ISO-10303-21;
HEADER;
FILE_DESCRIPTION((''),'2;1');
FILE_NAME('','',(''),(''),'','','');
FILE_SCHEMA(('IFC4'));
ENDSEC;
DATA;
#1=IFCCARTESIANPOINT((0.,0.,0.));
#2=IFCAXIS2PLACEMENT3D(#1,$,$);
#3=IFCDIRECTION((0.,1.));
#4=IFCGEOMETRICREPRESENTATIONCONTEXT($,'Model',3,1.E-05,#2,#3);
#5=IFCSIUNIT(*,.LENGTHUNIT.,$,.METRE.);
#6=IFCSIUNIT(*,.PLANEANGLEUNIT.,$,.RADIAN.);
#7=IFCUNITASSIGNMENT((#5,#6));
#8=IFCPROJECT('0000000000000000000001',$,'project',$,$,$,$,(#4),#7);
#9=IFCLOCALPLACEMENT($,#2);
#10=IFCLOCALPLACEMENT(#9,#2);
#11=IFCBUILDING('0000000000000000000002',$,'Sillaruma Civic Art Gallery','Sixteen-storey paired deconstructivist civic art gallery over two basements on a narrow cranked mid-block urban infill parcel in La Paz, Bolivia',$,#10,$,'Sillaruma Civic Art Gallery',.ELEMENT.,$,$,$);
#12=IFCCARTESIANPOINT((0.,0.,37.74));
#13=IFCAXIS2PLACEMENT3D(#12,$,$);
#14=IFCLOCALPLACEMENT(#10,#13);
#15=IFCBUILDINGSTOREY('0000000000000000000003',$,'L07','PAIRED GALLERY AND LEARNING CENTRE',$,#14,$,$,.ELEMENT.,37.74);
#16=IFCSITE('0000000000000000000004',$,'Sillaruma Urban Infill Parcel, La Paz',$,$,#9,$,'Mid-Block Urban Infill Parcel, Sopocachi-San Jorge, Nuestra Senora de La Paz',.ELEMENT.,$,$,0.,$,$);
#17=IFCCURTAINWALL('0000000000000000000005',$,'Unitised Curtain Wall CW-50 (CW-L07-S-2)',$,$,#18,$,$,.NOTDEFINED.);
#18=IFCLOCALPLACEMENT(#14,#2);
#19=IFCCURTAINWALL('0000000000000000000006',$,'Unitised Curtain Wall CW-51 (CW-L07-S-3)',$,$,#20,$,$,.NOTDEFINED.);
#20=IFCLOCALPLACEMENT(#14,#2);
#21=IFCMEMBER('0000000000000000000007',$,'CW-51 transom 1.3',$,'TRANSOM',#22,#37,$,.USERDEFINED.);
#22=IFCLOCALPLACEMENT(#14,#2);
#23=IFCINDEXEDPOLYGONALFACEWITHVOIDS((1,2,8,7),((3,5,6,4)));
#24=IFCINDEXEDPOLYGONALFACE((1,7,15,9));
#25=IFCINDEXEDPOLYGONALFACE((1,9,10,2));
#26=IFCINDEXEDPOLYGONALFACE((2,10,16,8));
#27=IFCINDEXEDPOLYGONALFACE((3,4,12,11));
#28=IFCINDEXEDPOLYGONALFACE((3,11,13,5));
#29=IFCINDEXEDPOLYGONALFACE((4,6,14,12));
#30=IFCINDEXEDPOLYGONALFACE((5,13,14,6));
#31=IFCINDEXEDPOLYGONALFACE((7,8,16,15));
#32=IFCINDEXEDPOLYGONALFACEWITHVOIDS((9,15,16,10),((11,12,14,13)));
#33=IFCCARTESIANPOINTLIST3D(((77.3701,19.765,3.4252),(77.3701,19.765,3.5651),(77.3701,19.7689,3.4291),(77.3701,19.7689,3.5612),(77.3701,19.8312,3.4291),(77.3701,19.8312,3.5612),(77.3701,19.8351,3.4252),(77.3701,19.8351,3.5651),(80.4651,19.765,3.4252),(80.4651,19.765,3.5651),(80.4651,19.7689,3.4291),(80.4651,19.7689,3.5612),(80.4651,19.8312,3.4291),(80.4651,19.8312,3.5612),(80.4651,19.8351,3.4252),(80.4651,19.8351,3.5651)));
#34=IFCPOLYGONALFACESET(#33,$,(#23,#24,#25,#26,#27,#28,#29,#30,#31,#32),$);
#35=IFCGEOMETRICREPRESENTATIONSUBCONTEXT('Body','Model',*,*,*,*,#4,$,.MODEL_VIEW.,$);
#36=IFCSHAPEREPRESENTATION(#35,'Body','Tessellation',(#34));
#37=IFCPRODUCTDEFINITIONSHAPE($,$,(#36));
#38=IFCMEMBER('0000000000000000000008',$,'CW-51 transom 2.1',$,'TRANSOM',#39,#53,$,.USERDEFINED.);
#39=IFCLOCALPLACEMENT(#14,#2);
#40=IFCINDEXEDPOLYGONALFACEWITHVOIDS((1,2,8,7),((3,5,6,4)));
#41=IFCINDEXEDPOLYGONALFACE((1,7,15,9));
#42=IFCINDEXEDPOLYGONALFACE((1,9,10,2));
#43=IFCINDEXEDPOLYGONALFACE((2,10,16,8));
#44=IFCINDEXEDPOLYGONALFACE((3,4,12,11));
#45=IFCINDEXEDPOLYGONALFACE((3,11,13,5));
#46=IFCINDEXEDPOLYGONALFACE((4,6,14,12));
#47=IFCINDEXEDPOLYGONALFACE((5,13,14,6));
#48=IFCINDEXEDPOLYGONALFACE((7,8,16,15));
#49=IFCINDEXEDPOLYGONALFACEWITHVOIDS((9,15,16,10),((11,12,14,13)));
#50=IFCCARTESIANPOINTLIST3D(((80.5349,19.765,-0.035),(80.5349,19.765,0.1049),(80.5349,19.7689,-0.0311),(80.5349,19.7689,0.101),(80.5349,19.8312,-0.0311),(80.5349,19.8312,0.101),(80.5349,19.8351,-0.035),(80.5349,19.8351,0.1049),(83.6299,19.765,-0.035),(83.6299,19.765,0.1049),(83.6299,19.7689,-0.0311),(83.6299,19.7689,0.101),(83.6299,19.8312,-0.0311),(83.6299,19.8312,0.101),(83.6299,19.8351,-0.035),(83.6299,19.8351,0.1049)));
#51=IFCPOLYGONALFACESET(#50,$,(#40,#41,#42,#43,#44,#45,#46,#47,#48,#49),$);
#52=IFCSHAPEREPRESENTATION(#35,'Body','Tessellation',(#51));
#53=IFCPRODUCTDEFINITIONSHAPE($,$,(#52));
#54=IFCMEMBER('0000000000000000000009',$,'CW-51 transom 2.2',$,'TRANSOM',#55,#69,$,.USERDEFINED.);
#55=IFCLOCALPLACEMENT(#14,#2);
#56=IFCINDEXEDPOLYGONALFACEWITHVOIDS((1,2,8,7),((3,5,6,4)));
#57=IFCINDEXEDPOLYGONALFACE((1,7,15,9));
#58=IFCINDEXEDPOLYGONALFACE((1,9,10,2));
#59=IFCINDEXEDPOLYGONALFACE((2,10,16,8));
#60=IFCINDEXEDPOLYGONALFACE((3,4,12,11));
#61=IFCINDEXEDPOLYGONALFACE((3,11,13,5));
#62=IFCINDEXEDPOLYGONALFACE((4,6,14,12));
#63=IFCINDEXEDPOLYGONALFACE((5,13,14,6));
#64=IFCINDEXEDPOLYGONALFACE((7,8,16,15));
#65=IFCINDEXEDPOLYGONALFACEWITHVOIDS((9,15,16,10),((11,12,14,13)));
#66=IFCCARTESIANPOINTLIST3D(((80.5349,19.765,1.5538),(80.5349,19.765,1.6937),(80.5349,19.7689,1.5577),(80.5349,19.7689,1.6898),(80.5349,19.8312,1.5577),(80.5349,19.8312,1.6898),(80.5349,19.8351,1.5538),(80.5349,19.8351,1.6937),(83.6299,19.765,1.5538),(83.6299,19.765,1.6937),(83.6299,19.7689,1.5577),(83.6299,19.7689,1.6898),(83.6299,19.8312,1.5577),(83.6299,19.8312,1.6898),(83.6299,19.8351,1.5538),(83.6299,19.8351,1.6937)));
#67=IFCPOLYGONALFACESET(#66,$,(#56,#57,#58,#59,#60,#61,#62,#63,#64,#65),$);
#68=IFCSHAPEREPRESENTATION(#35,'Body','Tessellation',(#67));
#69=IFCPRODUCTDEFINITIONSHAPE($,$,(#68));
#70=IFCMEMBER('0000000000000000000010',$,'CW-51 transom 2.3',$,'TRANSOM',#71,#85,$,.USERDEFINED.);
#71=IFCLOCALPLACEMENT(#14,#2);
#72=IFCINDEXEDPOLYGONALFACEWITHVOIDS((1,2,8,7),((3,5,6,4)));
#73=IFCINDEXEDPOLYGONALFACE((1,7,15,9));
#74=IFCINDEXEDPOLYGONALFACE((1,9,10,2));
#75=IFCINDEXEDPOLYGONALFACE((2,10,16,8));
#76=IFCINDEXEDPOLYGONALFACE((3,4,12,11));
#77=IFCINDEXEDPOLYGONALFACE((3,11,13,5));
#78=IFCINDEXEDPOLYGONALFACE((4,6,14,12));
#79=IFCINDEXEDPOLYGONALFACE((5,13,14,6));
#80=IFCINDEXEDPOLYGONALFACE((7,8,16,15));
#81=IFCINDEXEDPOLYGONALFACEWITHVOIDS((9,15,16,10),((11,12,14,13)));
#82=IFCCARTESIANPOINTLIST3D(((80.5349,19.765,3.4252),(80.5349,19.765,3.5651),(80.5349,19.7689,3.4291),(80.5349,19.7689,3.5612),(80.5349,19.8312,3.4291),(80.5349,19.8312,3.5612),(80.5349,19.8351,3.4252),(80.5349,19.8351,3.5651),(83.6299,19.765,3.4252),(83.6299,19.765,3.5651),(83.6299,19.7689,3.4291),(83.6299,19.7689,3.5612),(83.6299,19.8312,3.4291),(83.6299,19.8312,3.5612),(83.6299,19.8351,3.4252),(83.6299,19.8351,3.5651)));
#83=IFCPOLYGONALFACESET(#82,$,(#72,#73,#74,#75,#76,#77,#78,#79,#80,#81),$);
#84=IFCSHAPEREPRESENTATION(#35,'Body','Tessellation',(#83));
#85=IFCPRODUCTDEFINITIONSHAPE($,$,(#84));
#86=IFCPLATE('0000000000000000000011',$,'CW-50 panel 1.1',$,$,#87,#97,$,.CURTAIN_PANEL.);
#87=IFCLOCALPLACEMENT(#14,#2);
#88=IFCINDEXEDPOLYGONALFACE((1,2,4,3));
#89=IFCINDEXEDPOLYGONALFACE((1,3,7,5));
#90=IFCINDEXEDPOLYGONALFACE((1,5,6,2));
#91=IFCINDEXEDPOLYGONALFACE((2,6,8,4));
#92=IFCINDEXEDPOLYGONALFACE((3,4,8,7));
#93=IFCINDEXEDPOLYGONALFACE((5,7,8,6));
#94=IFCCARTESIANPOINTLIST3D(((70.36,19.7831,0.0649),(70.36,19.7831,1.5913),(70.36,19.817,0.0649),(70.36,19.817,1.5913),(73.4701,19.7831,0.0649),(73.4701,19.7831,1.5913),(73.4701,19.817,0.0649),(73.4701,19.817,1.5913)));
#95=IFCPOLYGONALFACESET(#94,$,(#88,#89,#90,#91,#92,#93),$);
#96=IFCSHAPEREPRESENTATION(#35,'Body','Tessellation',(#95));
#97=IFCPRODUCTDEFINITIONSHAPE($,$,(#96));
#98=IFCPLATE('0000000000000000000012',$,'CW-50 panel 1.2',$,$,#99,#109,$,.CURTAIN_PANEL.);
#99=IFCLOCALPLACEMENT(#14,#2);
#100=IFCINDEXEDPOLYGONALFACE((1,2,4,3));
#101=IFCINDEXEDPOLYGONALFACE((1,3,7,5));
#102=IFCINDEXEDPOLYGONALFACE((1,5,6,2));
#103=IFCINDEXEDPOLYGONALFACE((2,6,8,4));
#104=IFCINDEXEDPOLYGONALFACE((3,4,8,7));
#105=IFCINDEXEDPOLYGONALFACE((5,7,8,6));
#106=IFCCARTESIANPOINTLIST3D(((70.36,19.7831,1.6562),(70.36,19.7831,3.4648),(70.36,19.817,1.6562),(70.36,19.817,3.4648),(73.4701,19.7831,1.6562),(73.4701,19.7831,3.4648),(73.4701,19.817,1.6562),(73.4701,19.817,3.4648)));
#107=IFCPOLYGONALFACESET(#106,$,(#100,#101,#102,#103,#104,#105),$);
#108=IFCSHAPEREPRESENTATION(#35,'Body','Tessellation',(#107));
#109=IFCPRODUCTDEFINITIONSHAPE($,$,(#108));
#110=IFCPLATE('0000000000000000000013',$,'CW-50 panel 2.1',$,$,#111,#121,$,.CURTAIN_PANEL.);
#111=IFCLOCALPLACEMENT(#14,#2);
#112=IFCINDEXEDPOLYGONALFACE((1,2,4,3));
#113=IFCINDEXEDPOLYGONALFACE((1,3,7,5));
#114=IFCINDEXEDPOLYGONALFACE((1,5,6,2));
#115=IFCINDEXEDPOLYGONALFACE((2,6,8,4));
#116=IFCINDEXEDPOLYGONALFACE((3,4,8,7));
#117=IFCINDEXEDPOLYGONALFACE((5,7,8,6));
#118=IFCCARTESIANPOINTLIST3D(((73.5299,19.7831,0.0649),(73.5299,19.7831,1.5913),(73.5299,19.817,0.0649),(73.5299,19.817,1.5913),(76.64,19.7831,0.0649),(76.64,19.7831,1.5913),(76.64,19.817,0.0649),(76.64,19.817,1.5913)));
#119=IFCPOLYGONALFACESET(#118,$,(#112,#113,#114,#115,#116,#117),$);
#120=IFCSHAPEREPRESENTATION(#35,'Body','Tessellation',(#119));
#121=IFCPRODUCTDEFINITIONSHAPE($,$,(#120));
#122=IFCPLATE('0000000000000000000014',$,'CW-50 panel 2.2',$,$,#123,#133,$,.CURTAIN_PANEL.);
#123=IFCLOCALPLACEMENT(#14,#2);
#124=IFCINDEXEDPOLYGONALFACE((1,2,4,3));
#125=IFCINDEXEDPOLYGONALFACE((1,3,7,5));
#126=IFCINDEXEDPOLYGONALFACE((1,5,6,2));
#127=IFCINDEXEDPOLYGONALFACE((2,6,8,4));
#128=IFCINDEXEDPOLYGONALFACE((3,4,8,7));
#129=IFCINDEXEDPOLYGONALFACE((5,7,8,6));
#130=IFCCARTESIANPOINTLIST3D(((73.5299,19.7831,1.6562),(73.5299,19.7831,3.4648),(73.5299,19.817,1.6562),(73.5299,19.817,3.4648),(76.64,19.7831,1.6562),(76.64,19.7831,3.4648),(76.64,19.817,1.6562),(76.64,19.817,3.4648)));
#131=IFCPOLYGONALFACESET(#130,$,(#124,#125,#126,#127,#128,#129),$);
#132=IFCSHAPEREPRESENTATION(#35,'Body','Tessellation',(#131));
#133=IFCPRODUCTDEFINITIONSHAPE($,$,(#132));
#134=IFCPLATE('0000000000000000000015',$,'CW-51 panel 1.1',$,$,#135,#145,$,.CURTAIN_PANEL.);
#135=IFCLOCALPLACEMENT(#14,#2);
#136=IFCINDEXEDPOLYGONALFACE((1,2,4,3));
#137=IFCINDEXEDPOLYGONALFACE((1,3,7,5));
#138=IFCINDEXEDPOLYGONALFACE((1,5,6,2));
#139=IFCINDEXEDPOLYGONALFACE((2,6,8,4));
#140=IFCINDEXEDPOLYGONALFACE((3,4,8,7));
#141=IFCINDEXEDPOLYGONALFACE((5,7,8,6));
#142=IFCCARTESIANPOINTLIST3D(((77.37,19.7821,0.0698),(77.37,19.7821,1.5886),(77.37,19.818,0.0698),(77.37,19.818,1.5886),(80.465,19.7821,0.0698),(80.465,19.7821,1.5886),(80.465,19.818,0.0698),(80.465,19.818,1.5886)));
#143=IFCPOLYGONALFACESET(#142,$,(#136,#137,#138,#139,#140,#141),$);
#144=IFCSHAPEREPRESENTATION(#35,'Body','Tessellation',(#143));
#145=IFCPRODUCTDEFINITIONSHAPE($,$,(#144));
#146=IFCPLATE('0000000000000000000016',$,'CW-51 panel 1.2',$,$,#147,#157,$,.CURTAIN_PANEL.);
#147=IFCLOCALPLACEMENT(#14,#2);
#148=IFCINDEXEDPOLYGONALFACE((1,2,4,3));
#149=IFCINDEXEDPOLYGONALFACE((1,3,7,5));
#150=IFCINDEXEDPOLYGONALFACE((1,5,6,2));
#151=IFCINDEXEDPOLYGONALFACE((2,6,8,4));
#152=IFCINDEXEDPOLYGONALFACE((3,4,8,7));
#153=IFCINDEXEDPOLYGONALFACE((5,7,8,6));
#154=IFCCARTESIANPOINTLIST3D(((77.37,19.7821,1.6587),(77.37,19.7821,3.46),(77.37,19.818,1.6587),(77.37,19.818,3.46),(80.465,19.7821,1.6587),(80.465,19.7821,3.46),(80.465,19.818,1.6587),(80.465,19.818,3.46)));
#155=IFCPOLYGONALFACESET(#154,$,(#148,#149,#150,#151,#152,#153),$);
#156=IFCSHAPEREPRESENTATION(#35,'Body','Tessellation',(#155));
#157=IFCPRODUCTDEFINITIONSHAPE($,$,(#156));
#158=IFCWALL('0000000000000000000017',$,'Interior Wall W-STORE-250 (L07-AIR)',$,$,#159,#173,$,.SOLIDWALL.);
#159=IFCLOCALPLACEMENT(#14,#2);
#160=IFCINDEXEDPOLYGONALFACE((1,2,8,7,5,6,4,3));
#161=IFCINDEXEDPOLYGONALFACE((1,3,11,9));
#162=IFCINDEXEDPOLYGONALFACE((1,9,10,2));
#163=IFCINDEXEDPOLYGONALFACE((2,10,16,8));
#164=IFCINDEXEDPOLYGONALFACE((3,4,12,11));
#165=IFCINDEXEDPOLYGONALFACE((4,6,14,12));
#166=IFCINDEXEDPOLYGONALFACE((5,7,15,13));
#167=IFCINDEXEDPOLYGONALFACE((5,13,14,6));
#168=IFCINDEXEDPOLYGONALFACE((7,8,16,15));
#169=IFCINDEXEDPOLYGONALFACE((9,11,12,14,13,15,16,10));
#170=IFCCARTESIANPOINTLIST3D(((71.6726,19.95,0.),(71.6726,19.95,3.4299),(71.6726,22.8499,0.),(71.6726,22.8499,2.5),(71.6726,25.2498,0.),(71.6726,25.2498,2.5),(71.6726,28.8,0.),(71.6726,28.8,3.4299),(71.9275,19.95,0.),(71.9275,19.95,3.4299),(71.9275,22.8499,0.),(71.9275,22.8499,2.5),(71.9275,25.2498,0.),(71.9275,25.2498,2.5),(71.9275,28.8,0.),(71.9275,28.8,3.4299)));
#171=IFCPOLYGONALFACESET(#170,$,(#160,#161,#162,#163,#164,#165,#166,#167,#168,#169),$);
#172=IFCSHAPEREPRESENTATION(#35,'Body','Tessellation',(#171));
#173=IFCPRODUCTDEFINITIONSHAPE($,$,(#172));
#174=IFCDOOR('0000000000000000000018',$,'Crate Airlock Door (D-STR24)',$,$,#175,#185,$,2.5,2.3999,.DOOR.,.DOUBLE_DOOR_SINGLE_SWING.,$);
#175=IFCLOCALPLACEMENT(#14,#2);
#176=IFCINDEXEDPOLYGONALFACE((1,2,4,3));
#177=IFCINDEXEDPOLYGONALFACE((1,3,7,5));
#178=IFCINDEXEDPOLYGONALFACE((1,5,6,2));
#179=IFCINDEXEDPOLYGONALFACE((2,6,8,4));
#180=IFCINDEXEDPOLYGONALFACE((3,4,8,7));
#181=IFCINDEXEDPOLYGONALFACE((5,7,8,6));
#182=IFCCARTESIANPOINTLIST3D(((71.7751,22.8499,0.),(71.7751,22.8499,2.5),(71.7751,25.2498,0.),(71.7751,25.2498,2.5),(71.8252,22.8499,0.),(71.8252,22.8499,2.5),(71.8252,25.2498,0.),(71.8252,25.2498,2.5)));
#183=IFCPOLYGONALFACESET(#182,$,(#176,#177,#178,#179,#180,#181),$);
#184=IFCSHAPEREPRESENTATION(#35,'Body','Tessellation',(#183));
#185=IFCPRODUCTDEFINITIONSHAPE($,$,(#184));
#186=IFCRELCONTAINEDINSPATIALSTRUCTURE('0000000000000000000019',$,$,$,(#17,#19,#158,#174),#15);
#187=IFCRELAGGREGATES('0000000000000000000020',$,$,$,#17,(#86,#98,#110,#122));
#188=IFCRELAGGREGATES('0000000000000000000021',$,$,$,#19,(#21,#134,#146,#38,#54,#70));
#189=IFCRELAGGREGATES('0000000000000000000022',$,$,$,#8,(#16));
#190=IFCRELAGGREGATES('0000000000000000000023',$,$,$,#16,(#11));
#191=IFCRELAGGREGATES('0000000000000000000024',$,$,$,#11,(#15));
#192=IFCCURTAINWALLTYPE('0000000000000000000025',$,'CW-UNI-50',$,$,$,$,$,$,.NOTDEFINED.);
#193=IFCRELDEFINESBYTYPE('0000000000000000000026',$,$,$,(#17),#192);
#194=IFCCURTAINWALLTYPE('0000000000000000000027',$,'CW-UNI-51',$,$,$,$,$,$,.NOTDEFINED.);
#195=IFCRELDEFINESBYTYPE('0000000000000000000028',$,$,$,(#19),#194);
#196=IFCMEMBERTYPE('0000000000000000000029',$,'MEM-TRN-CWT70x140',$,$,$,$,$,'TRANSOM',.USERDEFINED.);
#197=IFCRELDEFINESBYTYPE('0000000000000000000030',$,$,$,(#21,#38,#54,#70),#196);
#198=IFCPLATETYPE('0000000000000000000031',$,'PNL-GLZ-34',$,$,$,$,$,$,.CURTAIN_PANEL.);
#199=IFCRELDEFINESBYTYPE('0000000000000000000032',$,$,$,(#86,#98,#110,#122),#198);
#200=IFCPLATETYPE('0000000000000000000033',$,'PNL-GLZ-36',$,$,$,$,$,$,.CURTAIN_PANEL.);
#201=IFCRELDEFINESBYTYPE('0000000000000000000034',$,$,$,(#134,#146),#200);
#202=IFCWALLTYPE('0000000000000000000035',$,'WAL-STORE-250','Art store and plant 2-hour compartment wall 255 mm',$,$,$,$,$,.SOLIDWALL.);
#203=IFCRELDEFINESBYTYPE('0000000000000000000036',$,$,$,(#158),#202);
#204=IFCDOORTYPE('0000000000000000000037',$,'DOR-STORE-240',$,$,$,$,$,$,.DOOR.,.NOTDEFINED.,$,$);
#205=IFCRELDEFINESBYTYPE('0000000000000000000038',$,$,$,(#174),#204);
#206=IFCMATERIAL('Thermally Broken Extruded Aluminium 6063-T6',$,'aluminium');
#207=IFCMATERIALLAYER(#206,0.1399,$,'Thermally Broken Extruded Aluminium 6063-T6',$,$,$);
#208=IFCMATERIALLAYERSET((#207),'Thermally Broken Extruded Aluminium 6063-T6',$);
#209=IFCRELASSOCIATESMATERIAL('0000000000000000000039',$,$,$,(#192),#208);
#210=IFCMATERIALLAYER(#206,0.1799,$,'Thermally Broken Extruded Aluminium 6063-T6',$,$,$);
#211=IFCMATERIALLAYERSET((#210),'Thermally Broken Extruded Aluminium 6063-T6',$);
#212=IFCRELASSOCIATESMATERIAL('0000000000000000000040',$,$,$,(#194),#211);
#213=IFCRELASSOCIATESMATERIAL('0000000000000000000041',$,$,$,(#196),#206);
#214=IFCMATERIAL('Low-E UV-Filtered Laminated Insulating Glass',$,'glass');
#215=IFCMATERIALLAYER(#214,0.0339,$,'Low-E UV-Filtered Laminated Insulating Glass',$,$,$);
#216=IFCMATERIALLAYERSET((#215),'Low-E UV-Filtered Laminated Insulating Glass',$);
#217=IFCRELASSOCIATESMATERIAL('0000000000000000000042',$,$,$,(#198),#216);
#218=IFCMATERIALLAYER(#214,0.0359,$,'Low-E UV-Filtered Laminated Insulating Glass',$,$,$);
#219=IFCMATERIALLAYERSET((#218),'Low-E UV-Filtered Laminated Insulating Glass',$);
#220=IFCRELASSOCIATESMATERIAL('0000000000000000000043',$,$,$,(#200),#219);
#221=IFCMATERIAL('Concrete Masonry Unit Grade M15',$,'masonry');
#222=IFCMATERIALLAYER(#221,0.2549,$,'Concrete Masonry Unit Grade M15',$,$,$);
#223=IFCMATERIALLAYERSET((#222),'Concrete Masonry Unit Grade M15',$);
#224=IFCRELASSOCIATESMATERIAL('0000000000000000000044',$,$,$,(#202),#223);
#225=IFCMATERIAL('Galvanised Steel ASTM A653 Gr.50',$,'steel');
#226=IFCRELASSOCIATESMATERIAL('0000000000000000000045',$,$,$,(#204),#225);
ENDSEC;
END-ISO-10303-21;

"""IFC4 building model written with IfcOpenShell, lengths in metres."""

from ifc_helpers import new_model, si_unit, direction, frame, frame_2d, origin, origin_2d, place, context, subcontext, project, spatial, rectangle, hollow_rectangle, extrude, material, layer, layer_set, material_profile, profile_set, type_object, element, fill, aggregate, save


model = new_model("IFC4")

# Units and contexts
model_context = context("Model", 3, precision=1e-05, world=origin(), true_north=direction((0.0, 1.0)))
body_context = subcontext(model_context, "Body", "Model", "MODEL_VIEW")
ifc_project = project(units=[si_unit("LENGTHUNIT", "METRE"), si_unit("PLANEANGLEUNIT", "RADIAN")], contexts=[model_context])

# Site, building, storey
site_placement = place(None, origin())
site = spatial("IfcSite", under=ifc_project, at=site_placement, Name="Sillaruma Urban Infill Parcel, La Paz", LongName="Mid-Block Urban Infill Parcel, Sopocachi-San Jorge, Nuestra Senora de La Paz", CompositionType="ELEMENT", RefElevation=0.0)
building_placement = place(site_placement, origin())
building = spatial("IfcBuilding", under=site, at=building_placement, Name="Sillaruma Civic Art Gallery", Description="Sixteen-storey paired deconstructivist civic art gallery over two basements on a narrow cranked mid-block urban infill parcel in La Paz, Bolivia", LongName="Sillaruma Civic Art Gallery", CompositionType="ELEMENT")
storey_placement = place(building_placement, frame((0.0, 0.0, 37.74)))
storey = spatial("IfcBuildingStorey", under=building, at=storey_placement, Name="L07", Description="PAIRED GALLERY AND LEARNING CENTRE", CompositionType="ELEMENT", Elevation=37.74)

# Curtain walls
ifc_material_1 = material(Name="Thermally Broken Extruded Aluminium 6063-T6", Category="aluminium")
ifc_layer_1 = layer(ifc_material_1, 0.1399, Name="Thermally Broken Extruded Aluminium 6063-T6")
ifc_layer_set_1 = layer_set([ifc_layer_1], Name="Thermally Broken Extruded Aluminium 6063-T6")
curtain_wall_type_1 = type_object("IfcCurtainWallType", Name="CW-UNI-50", PredefinedType="NOTDEFINED", material=ifc_layer_set_1)
curtain_wall_1_placement = place(storey_placement, origin())
curtain_wall_1 = element("IfcCurtainWall", 1, at=curtain_wall_1_placement, inside=storey, type_object=curtain_wall_type_1, Name="Unitised Curtain Wall CW-50 (CW-L07-S-2)", PredefinedType="NOTDEFINED")
ifc_layer_2 = layer(ifc_material_1, 0.1799, Name="Thermally Broken Extruded Aluminium 6063-T6")
ifc_layer_set_2 = layer_set([ifc_layer_2], Name="Thermally Broken Extruded Aluminium 6063-T6")
curtain_wall_type_2 = type_object("IfcCurtainWallType", Name="CW-UNI-51", PredefinedType="NOTDEFINED", material=ifc_layer_set_2)
curtain_wall_2_placement = place(storey_placement, origin())
curtain_wall_2 = element("IfcCurtainWall", 2, at=curtain_wall_2_placement, inside=storey, type_object=curtain_wall_type_2, Name="Unitised Curtain Wall CW-51 (CW-L07-S-3)", PredefinedType="NOTDEFINED")

# Members
ifc_material_profile_1 = material_profile(ifc_material_1, hollow_rectangle(XDim=0.0701, YDim=0.1399, WallThickness=0.0039, at=origin_2d()), Name="CWT70x140")
ifc_profile_set_1 = profile_set([ifc_material_profile_1], Name="Thermally Broken Extruded Aluminium 6063-T6")
member_type_1 = type_object("IfcMemberType", Name="MEM-TRN-CWT70x140", ElementType="TRANSOM", PredefinedType="USERDEFINED", material=ifc_profile_set_1)
member_1_placement = place(storey_placement, frame((77.3701, 19.8, 3.4951), z_axis=(1.0, 0.0, 0.0), x_axis=(0.0, 1.0, 0.0)))
member_1 = element("IfcMember", 3, at=member_1_placement, type_object=member_type_1, Name="CW-51 transom 1.3", ObjectType="TRANSOM", PredefinedType="USERDEFINED", context=body_context, shape_type="SweptSolid", body=[
    extrude(hollow_rectangle(XDim=0.0701, YDim=0.1399, WallThickness=0.0039, at=origin_2d()), origin(), (0.0, 0.0, 1.0), 3.095),
])
member_2_placement = place(storey_placement, frame((80.5349, 19.8, 0.0349), z_axis=(1.0, 0.0, 0.0), x_axis=(0.0, 1.0, 0.0)))
member_2 = element("IfcMember", 4, at=member_2_placement, type_object=member_type_1, Name="CW-51 transom 2.1", ObjectType="TRANSOM", PredefinedType="USERDEFINED", context=body_context, shape_type="SweptSolid", body=[
    extrude(hollow_rectangle(XDim=0.0701, YDim=0.1399, WallThickness=0.0039, at=origin_2d()), origin(), (0.0, 0.0, 1.0), 3.095),
])
member_3_placement = place(storey_placement, frame((80.5349, 19.8, 1.6238), z_axis=(1.0, 0.0, 0.0), x_axis=(0.0, 1.0, 0.0)))
member_3 = element("IfcMember", 5, at=member_3_placement, type_object=member_type_1, Name="CW-51 transom 2.2", ObjectType="TRANSOM", PredefinedType="USERDEFINED", context=body_context, shape_type="SweptSolid", body=[
    extrude(hollow_rectangle(XDim=0.0701, YDim=0.1399, WallThickness=0.0039, at=origin_2d()), origin(), (0.0, 0.0, 1.0), 3.095),
])
member_4_placement = place(storey_placement, frame((80.5349, 19.8, 3.4951), z_axis=(1.0, 0.0, 0.0), x_axis=(0.0, 1.0, 0.0)))
member_4 = element("IfcMember", 6, at=member_4_placement, type_object=member_type_1, Name="CW-51 transom 2.3", ObjectType="TRANSOM", PredefinedType="USERDEFINED", context=body_context, shape_type="SweptSolid", body=[
    extrude(hollow_rectangle(XDim=0.0701, YDim=0.1399, WallThickness=0.0039, at=origin_2d()), origin(), (0.0, 0.0, 1.0), 3.095),
])

# Plates
ifc_material_2 = material(Name="Low-E UV-Filtered Laminated Insulating Glass", Category="glass")
ifc_layer_3 = layer(ifc_material_2, 0.0339, Name="Low-E UV-Filtered Laminated Insulating Glass")
ifc_layer_set_3 = layer_set([ifc_layer_3], Name="Low-E UV-Filtered Laminated Insulating Glass")
plate_type_1 = type_object("IfcPlateType", Name="PNL-GLZ-34", PredefinedType="CURTAIN_PANEL", material=ifc_layer_set_3)
plate_1_placement = place(storey_placement, frame((71.915, 19.8, 0.0649), z_axis=(0.0, 0.0, 1.0), x_axis=(1.0, 0.0, 0.0)))
plate_1 = element("IfcPlate", 7, at=plate_1_placement, type_object=plate_type_1, Name="CW-50 panel 1.1", PredefinedType="CURTAIN_PANEL", context=body_context, shape_type="SweptSolid", body=[
    extrude(rectangle(XDim=3.1101, YDim=0.0339, at=origin_2d()), origin(), (0.0, 0.0, 1.0), 1.5264),
])
plate_2_placement = place(storey_placement, frame((71.915, 19.8, 1.6562), z_axis=(0.0, 0.0, 1.0), x_axis=(1.0, 0.0, 0.0)))
plate_2 = element("IfcPlate", 8, at=plate_2_placement, type_object=plate_type_1, Name="CW-50 panel 1.2", PredefinedType="CURTAIN_PANEL", context=body_context, shape_type="SweptSolid", body=[
    extrude(rectangle(XDim=3.1101, YDim=0.0339, at=origin_2d()), origin(), (0.0, 0.0, 1.0), 1.8086),
])
plate_3_placement = place(storey_placement, frame((75.085, 19.8, 0.0649), z_axis=(0.0, 0.0, 1.0), x_axis=(1.0, 0.0, 0.0)))
plate_3 = element("IfcPlate", 9, at=plate_3_placement, type_object=plate_type_1, Name="CW-50 panel 2.1", PredefinedType="CURTAIN_PANEL", context=body_context, shape_type="SweptSolid", body=[
    extrude(rectangle(XDim=3.1101, YDim=0.0339, at=origin_2d()), origin(), (0.0, 0.0, 1.0), 1.5264),
])
plate_4_placement = place(storey_placement, frame((75.085, 19.8, 1.6562), z_axis=(0.0, 0.0, 1.0), x_axis=(1.0, 0.0, 0.0)))
plate_4 = element("IfcPlate", 10, at=plate_4_placement, type_object=plate_type_1, Name="CW-50 panel 2.2", PredefinedType="CURTAIN_PANEL", context=body_context, shape_type="SweptSolid", body=[
    extrude(rectangle(XDim=3.1101, YDim=0.0339, at=origin_2d()), origin(), (0.0, 0.0, 1.0), 1.8086),
])
aggregate(curtain_wall_1, [plate_1, plate_2, plate_3, plate_4])
ifc_layer_4 = layer(ifc_material_2, 0.0359, Name="Low-E UV-Filtered Laminated Insulating Glass")
ifc_layer_set_4 = layer_set([ifc_layer_4], Name="Low-E UV-Filtered Laminated Insulating Glass")
plate_type_2 = type_object("IfcPlateType", Name="PNL-GLZ-36", PredefinedType="CURTAIN_PANEL", material=ifc_layer_set_4)
plate_5_placement = place(storey_placement, frame((78.9175, 19.8, 0.0698), z_axis=(0.0, 0.0, 1.0), x_axis=(1.0, 0.0, 0.0)))
plate_5 = element("IfcPlate", 11, at=plate_5_placement, type_object=plate_type_2, Name="CW-51 panel 1.1", PredefinedType="CURTAIN_PANEL", context=body_context, shape_type="SweptSolid", body=[
    extrude(rectangle(XDim=3.095, YDim=0.0359, at=origin_2d()), origin(), (0.0, 0.0, 1.0), 1.5188),
])
plate_6_placement = place(storey_placement, frame((78.9175, 19.8, 1.6587), z_axis=(0.0, 0.0, 1.0), x_axis=(1.0, 0.0, 0.0)))
plate_6 = element("IfcPlate", 12, at=plate_6_placement, type_object=plate_type_2, Name="CW-51 panel 1.2", PredefinedType="CURTAIN_PANEL", context=body_context, shape_type="SweptSolid", body=[
    extrude(rectangle(XDim=3.095, YDim=0.0359, at=origin_2d()), origin(), (0.0, 0.0, 1.0), 1.8013),
])
aggregate(curtain_wall_2, [member_1, plate_5, plate_6, member_2, member_3, member_4])

# Wall, opening, door
ifc_material_3 = material(Name="Galvanised Steel ASTM A653 Gr.50", Category="steel")
ifc_material_4 = material(Name="Concrete Masonry Unit Grade M15", Category="masonry")
ifc_layer_5 = layer(ifc_material_4, 0.2549, Name="Concrete Masonry Unit Grade M15")
ifc_layer_set_5 = layer_set([ifc_layer_5], Name="Concrete Masonry Unit Grade M15")
wall_type_1 = type_object("IfcWallType", Name="WAL-STORE-250", Description="Art store and plant 2-hour compartment wall 255 mm", PredefinedType="SOLIDWALL", material=ifc_layer_set_5)
wall_1_placement = place(storey_placement, frame((71.8, 19.95, 0.0), z_axis=(0.0, 0.0, 1.0), x_axis=(0.0, 1.0, 0.0)))
wall_1 = element("IfcWall", 13, at=wall_1_placement, inside=storey, type_object=wall_type_1, Name="Interior Wall W-STORE-250 (L07-AIR)", PredefinedType="SOLIDWALL", context=body_context, shape_type="SweptSolid", body=[
    extrude(rectangle(XDim=8.8501, YDim=0.2549, at=frame_2d((4.425, 0.0))), origin(), (0.0, 0.0, 1.0), 3.4299),
])
opening_1_placement = place(wall_1_placement, frame((2.8999, 0.0, 0.0)))
opening_1 = element("IfcOpeningElement", 14, at=opening_1_placement, cuts=wall_1, PredefinedType="OPENING", context=body_context, shape_type="SweptSolid", body=[
    extrude(rectangle(XDim=2.3999, YDim=2.5, at=frame_2d((1.2, 1.25))), frame((0.0, 0.1375, 0.0), z_axis=(0.0, -1.0, 0.0), x_axis=(1.0, 0.0, 0.0)), (0.0, 0.0, 1.0), 0.2749),
])
door_type_1 = type_object("IfcDoorType", Name="DOR-STORE-240", OperationType="NOTDEFINED", PredefinedType="DOOR", material=ifc_material_3)
door_1_placement = place(opening_1_placement, origin())
door_1 = element("IfcDoor", 15, at=door_1_placement, inside=storey, type_object=door_type_1, Name="Crate Airlock Door (D-STR24)", OperationType="DOUBLE_DOOR_SINGLE_SWING", OverallHeight=2.5, OverallWidth=2.3999, PredefinedType="DOOR", context=body_context, shape_type="SweptSolid", body=[
    extrude(rectangle(XDim=2.3999, YDim=2.5, at=frame_2d((1.2, 1.25))), frame((0.0, 0.0249, 0.0), z_axis=(0.0, -1.0, 0.0), x_axis=(1.0, 0.0, 0.0)), (0.0, 0.0, 1.0), 0.05),
])
fill(opening_1, door_1)

save(model, "model.ifc")
